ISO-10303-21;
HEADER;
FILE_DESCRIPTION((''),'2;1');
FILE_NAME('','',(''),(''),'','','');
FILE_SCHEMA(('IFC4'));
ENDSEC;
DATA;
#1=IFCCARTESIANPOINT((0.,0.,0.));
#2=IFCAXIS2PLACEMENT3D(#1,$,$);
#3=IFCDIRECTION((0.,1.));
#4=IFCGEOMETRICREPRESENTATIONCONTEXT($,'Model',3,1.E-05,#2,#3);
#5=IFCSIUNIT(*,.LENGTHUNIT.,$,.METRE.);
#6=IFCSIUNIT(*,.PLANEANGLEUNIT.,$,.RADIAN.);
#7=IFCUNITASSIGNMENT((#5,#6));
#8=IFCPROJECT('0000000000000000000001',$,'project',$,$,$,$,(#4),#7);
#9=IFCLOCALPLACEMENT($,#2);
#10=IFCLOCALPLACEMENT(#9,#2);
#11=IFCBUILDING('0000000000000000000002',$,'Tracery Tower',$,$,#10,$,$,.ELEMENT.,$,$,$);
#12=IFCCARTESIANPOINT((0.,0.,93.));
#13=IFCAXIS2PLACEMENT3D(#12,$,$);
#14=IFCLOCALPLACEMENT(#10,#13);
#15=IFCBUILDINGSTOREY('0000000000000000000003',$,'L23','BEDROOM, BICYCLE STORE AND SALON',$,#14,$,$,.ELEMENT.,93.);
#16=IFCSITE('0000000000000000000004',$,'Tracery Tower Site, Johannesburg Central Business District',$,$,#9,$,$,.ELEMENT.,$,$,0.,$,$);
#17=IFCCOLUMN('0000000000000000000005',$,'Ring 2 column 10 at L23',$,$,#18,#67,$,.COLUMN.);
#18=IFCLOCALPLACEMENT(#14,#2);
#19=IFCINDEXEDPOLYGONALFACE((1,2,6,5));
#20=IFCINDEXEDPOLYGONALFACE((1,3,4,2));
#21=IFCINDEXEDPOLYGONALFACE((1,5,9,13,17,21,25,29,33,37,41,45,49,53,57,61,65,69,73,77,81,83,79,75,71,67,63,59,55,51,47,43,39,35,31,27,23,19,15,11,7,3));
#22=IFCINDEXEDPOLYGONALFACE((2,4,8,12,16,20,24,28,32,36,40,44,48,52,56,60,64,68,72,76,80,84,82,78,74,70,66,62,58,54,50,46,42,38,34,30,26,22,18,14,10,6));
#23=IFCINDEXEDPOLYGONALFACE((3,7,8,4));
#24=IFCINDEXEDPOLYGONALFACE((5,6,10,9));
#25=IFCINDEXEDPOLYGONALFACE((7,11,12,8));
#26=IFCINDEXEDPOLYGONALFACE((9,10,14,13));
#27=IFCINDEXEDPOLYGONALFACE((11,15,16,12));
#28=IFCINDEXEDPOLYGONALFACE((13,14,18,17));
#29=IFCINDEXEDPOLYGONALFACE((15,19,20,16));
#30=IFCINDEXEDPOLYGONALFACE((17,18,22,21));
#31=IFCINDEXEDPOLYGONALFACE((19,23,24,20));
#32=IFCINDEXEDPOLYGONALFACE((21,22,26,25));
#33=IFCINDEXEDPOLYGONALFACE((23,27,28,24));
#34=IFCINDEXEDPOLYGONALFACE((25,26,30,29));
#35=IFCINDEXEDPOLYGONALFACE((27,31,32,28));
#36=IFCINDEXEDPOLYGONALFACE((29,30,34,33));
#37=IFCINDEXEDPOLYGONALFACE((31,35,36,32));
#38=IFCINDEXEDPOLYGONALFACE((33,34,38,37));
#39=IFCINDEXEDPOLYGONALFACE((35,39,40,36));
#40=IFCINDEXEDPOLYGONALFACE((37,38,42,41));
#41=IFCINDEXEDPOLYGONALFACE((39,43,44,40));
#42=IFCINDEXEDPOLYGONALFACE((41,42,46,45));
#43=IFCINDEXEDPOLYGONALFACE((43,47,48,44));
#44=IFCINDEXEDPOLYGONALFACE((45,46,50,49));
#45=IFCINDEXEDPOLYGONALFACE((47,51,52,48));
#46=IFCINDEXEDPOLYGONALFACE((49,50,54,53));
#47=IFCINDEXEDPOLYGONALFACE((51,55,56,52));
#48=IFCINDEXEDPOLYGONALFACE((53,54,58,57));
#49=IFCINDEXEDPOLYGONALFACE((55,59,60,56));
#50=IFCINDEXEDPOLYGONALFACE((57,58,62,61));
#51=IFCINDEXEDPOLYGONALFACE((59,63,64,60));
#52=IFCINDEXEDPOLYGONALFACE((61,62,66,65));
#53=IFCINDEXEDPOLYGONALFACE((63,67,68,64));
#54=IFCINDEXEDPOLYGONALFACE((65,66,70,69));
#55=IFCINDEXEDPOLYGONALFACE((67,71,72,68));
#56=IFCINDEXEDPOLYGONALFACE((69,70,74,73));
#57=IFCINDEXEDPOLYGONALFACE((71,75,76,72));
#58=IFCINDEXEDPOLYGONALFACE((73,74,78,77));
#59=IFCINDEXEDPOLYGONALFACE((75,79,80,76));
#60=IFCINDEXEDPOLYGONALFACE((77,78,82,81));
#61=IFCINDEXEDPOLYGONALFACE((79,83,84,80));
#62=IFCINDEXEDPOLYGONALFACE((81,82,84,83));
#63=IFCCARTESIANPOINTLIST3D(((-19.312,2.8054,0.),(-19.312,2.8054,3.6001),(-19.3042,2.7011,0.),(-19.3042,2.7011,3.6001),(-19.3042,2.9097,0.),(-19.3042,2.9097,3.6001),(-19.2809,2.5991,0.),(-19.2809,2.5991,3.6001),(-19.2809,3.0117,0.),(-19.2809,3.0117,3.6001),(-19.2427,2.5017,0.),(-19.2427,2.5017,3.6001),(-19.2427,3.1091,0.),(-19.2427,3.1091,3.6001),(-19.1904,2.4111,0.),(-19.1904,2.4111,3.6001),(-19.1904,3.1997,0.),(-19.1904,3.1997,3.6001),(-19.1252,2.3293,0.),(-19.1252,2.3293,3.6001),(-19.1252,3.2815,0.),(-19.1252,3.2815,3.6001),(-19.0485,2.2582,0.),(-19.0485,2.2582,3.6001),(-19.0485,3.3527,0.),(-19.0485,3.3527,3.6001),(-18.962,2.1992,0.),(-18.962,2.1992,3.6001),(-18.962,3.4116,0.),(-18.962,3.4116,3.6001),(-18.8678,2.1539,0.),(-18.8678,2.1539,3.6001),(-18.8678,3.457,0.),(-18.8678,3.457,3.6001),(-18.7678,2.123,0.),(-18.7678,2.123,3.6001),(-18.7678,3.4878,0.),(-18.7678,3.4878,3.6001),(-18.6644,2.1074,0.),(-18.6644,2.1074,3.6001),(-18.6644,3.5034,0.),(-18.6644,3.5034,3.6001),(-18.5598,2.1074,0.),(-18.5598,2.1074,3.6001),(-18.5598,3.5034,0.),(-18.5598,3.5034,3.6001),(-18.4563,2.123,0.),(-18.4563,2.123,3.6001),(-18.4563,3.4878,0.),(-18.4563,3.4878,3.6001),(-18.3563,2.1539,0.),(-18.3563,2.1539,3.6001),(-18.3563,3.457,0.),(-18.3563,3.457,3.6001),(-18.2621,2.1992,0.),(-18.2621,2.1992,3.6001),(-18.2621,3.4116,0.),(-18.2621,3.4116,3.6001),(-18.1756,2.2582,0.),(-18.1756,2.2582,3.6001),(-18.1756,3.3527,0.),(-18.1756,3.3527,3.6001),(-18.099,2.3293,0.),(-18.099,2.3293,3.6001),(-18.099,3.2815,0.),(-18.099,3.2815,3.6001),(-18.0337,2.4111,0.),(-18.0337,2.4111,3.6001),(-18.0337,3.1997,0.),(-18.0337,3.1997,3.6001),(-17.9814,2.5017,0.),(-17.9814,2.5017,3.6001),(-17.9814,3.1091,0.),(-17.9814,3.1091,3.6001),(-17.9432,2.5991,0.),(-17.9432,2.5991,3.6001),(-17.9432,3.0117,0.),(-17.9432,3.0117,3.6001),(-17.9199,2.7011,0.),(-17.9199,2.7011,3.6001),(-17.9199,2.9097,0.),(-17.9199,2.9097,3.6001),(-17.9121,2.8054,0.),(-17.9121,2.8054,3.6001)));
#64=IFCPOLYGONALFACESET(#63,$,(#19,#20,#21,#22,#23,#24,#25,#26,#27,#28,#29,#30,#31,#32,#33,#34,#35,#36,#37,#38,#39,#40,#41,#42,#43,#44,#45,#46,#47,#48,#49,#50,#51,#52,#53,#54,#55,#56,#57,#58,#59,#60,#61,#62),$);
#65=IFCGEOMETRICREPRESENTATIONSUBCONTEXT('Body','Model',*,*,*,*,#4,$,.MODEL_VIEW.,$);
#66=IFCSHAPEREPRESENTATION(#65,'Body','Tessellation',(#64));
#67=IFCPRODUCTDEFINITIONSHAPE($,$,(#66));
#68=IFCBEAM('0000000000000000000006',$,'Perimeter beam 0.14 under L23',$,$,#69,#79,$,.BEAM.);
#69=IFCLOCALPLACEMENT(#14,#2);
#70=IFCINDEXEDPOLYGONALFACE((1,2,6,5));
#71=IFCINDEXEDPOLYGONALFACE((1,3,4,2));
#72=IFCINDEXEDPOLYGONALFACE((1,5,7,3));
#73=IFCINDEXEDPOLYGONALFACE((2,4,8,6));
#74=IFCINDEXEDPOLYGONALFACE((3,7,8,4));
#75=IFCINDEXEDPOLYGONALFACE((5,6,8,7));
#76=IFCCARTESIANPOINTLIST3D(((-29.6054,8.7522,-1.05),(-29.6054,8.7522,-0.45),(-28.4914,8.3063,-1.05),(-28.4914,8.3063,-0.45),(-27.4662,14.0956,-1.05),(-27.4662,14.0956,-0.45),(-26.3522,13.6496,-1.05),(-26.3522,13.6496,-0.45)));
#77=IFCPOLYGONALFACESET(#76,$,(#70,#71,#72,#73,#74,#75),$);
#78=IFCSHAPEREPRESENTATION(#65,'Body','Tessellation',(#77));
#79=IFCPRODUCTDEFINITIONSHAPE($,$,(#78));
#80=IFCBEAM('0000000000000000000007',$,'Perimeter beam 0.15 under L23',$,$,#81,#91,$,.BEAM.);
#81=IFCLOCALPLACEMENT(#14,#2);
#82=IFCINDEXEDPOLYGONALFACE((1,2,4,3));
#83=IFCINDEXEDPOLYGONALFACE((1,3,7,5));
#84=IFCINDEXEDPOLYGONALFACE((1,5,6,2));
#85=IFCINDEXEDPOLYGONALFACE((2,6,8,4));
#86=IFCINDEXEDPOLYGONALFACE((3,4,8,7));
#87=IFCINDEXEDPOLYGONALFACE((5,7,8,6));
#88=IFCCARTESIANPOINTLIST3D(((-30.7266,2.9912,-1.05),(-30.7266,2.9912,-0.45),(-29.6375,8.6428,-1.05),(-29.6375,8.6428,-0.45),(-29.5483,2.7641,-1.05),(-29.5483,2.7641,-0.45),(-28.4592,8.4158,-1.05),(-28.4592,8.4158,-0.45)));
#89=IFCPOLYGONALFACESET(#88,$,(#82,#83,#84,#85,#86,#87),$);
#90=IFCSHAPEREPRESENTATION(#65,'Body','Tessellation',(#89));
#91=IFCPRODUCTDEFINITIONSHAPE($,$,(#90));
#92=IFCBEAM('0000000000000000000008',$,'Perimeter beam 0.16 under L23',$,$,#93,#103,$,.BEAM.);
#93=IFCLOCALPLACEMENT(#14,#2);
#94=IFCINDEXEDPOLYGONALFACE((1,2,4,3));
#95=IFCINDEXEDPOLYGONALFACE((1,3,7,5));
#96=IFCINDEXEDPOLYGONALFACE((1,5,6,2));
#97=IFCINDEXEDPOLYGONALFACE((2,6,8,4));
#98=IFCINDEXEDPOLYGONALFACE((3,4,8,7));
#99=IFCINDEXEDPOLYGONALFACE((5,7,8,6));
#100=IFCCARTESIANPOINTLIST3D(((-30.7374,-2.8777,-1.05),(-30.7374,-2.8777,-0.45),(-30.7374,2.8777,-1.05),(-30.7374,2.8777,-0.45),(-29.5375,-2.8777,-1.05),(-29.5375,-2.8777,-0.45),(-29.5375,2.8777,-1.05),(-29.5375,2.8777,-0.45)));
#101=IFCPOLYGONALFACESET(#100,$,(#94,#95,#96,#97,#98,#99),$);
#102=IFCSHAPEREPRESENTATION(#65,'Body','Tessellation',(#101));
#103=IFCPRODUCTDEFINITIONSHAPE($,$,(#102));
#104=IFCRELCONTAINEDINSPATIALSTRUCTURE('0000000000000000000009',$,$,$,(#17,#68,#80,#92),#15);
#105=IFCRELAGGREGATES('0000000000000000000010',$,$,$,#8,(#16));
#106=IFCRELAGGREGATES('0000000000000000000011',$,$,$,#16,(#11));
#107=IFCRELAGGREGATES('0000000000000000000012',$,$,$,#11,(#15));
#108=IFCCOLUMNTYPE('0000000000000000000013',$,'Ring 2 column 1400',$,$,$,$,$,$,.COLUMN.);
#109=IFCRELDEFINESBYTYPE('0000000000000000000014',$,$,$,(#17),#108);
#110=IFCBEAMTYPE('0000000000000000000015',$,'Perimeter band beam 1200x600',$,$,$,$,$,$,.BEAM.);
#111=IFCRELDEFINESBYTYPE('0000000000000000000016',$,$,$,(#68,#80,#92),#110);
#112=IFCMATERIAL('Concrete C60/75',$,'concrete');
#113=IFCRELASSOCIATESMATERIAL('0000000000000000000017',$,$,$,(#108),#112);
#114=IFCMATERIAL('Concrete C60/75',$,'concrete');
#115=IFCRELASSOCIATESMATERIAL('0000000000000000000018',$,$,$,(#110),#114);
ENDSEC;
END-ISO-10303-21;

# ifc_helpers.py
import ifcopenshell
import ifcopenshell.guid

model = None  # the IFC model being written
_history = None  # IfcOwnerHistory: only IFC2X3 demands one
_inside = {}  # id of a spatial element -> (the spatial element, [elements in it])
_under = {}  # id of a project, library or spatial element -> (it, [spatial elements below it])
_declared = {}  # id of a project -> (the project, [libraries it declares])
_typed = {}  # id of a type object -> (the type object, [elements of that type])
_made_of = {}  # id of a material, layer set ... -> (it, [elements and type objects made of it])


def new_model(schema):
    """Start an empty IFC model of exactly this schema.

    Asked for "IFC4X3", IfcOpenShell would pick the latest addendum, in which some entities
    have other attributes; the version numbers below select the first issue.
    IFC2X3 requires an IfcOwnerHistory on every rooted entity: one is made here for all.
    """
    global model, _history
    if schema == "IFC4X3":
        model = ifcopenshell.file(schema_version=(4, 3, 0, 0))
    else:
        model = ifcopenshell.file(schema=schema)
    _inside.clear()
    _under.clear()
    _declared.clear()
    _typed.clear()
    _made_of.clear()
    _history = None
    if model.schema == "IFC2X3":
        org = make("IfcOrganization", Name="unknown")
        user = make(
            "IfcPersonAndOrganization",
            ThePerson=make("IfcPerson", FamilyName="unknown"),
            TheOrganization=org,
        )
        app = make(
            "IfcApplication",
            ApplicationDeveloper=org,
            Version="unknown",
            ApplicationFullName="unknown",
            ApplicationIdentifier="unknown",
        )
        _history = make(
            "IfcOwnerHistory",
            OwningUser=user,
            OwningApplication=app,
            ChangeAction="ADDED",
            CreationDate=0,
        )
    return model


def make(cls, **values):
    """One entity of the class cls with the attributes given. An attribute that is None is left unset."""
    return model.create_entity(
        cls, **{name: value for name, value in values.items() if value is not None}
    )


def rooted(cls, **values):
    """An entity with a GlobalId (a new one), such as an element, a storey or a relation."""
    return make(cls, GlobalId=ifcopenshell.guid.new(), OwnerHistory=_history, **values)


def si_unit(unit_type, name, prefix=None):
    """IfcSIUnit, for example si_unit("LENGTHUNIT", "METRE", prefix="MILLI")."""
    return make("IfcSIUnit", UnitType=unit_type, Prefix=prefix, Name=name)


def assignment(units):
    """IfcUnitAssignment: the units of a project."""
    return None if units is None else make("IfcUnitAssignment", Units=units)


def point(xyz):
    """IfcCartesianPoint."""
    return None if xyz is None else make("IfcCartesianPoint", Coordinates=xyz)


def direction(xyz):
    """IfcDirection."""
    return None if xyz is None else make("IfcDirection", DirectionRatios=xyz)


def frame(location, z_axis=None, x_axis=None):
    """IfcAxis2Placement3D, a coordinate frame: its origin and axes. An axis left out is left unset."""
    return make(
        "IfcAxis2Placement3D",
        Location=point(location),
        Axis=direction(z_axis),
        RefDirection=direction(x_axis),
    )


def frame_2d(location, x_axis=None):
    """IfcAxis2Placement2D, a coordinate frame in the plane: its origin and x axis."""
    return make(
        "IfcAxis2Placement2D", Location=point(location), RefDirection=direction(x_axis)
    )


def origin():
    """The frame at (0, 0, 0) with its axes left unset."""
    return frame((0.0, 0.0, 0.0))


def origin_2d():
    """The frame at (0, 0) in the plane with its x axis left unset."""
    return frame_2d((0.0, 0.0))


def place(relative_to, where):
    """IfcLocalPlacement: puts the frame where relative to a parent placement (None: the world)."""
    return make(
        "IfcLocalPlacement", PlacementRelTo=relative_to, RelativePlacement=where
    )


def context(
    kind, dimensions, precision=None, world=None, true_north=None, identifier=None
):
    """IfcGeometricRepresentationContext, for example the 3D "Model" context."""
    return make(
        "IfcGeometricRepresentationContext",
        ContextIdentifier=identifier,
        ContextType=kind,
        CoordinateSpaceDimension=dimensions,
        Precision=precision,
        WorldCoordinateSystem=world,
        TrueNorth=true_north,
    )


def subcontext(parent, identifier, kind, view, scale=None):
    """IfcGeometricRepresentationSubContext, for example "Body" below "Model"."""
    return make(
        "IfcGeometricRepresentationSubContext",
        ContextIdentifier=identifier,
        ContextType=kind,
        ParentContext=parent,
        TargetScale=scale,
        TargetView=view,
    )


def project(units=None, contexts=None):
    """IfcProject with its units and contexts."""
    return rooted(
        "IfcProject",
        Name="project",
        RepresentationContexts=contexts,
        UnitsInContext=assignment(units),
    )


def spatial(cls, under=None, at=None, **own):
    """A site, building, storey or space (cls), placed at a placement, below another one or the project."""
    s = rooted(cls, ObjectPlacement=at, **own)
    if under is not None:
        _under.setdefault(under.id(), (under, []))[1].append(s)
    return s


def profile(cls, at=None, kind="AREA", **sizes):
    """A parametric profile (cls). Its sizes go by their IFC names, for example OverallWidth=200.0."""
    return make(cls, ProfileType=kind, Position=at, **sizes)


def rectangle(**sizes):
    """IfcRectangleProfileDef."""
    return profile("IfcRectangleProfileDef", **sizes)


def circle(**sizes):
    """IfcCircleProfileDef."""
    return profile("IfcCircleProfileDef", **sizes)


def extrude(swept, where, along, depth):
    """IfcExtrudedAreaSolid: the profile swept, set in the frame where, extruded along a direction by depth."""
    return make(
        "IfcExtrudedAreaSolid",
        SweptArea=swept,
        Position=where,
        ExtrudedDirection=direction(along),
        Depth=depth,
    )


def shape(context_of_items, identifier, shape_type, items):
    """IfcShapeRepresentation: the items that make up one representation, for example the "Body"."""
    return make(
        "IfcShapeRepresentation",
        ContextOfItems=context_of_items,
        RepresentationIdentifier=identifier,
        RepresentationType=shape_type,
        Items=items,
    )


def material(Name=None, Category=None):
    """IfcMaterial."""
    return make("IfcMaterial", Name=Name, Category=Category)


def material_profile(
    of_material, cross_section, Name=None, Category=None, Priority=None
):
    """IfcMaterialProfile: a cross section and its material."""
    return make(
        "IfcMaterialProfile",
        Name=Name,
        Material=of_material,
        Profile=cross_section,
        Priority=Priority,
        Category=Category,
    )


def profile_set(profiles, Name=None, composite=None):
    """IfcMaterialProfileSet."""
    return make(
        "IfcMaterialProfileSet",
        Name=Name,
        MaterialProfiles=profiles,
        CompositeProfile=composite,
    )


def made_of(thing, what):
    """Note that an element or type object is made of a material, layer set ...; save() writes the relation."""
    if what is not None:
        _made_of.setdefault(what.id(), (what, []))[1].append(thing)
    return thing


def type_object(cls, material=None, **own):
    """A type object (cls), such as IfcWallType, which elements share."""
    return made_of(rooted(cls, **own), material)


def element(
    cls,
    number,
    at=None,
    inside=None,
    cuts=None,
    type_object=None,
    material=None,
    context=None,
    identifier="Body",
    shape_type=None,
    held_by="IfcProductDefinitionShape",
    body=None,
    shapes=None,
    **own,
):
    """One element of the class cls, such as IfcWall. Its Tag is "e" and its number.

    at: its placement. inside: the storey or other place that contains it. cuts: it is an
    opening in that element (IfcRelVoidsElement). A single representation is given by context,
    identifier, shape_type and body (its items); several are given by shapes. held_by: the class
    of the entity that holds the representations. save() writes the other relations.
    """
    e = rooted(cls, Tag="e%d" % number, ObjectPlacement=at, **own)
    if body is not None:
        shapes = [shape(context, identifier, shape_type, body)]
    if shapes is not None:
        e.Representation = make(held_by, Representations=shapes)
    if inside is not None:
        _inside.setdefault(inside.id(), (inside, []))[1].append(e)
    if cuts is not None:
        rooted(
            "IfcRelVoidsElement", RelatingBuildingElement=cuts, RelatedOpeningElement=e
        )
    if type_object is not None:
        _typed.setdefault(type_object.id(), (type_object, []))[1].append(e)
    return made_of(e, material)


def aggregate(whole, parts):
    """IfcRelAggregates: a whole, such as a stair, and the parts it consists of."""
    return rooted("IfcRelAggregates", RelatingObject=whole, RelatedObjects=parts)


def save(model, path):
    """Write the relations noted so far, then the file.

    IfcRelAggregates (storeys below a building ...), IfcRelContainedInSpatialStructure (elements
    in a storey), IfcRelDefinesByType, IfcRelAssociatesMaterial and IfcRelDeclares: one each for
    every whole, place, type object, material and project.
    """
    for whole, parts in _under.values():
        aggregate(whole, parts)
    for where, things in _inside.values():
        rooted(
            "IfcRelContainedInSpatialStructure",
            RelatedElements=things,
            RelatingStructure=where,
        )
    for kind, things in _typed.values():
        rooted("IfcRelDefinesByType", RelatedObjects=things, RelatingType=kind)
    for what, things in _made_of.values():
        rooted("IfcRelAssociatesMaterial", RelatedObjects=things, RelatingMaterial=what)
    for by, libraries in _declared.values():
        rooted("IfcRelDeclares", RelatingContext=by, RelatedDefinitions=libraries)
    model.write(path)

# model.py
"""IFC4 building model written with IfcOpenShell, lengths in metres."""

from ifc_helpers import new_model, si_unit, direction, frame, origin, origin_2d, place, context, subcontext, project, spatial, rectangle, circle, extrude, material, material_profile, profile_set, type_object, element, save


model = new_model("IFC4")

# Units and contexts
model_context = context("Model", 3, precision=1e-05, world=origin(), true_north=direction((0.0, 1.0)))
body_context = subcontext(model_context, "Body", "Model", "MODEL_VIEW")
ifc_project = project(units=[si_unit("LENGTHUNIT", "METRE"), si_unit("PLANEANGLEUNIT", "RADIAN")], contexts=[model_context])

# Site, building, storey
site_placement = place(None, origin())
site = spatial("IfcSite", under=ifc_project, at=site_placement, Name="Tracery Tower Site, Johannesburg Central Business District", CompositionType="ELEMENT", RefElevation=0.0)
building_placement = place(site_placement, origin())
building = spatial("IfcBuilding", under=site, at=building_placement, Name="Tracery Tower", CompositionType="ELEMENT")
storey_placement = place(building_placement, frame((0.0, 0.0, 93.0)))
storey = spatial("IfcBuildingStorey", under=building, at=storey_placement, Name="L23", Description="BEDROOM, BICYCLE STORE AND SALON", CompositionType="ELEMENT", Elevation=93.0)

# Column
ifc_material_1 = material(Name="Concrete C60/75", Category="concrete")
ifc_material_profile_1 = material_profile(ifc_material_1, circle(Radius=0.7, at=origin_2d()), Name="RC D1400")
ifc_profile_set_1 = profile_set([ifc_material_profile_1], Name="Concrete C60/75")
column_type_1 = type_object("IfcColumnType", Name="Ring 2 column 1400", PredefinedType="COLUMN", material=ifc_profile_set_1)
for number, where, z_axis, x_axis, name in (
    (1, (-18.6121, 2.8054, 0.0), (0.0, 0.0, 1.0), (1.0, 0.0, 0.0), "Ring 2 column 10 at L23"),
):
    element("IfcColumn", number, at=place(storey_placement, frame(where, z_axis=z_axis, x_axis=x_axis)), inside=storey, type_object=column_type_1, Name=name, PredefinedType="COLUMN", context=body_context, shape_type="SweptSolid", body=[
        extrude(circle(Radius=0.7, at=origin_2d()), origin(), (0.0, 0.0, 1.0), 3.6001),
    ])

# Beams
ifc_material_2 = material(Name="Concrete C60/75", Category="concrete")
ifc_material_profile_2 = material_profile(ifc_material_2, rectangle(XDim=1.2, YDim=0.6001, at=origin_2d()), Name="RC 1200x600")
ifc_profile_set_2 = profile_set([ifc_material_profile_2], Name="Concrete C60/75")
beam_type = type_object("IfcBeamType", Name="Perimeter band beam 1200x600", PredefinedType="BEAM", material=ifc_profile_set_2)
for number, where, z_axis, x_axis, name in (
    (2, (-26.9092, 13.8726, -0.75), (-0.371669, -0.928365, 0.0), (0.928365, -0.371669, 0.0), "Perimeter beam 0.14 under L23"),
    (3, (-29.0483, 8.5293, -0.75), (-0.189227, -0.981933, 0.0), (0.981933, -0.189227, 0.0), "Perimeter beam 0.15 under L23"),
):
    element("IfcBeam", number, at=place(storey_placement, frame(where, z_axis=z_axis, x_axis=x_axis)), inside=storey, type_object=beam_type, Name=name, PredefinedType="BEAM", context=body_context, shape_type="SweptSolid", body=[
        extrude(rectangle(XDim=1.2, YDim=0.6001, at=origin_2d()), origin(), (0.0, 0.0, 1.0), 5.7556),
    ])
beam_placement = place(storey_placement, frame((-30.1375, 2.8777, -0.75), z_axis=(0.0, -1.0, 0.0), x_axis=(1.0, 0.0, 0.0)))
element("IfcBeam", 4, at=beam_placement, inside=storey, type_object=beam_type, Name="Perimeter beam 0.16 under L23", PredefinedType="BEAM", context=body_context, shape_type="SweptSolid", body=[
    extrude(rectangle(XDim=1.2, YDim=0.6001, at=origin_2d()), origin(), (0.0, 0.0, 1.0), 5.7554),
])

save(model, "model.ifc")
